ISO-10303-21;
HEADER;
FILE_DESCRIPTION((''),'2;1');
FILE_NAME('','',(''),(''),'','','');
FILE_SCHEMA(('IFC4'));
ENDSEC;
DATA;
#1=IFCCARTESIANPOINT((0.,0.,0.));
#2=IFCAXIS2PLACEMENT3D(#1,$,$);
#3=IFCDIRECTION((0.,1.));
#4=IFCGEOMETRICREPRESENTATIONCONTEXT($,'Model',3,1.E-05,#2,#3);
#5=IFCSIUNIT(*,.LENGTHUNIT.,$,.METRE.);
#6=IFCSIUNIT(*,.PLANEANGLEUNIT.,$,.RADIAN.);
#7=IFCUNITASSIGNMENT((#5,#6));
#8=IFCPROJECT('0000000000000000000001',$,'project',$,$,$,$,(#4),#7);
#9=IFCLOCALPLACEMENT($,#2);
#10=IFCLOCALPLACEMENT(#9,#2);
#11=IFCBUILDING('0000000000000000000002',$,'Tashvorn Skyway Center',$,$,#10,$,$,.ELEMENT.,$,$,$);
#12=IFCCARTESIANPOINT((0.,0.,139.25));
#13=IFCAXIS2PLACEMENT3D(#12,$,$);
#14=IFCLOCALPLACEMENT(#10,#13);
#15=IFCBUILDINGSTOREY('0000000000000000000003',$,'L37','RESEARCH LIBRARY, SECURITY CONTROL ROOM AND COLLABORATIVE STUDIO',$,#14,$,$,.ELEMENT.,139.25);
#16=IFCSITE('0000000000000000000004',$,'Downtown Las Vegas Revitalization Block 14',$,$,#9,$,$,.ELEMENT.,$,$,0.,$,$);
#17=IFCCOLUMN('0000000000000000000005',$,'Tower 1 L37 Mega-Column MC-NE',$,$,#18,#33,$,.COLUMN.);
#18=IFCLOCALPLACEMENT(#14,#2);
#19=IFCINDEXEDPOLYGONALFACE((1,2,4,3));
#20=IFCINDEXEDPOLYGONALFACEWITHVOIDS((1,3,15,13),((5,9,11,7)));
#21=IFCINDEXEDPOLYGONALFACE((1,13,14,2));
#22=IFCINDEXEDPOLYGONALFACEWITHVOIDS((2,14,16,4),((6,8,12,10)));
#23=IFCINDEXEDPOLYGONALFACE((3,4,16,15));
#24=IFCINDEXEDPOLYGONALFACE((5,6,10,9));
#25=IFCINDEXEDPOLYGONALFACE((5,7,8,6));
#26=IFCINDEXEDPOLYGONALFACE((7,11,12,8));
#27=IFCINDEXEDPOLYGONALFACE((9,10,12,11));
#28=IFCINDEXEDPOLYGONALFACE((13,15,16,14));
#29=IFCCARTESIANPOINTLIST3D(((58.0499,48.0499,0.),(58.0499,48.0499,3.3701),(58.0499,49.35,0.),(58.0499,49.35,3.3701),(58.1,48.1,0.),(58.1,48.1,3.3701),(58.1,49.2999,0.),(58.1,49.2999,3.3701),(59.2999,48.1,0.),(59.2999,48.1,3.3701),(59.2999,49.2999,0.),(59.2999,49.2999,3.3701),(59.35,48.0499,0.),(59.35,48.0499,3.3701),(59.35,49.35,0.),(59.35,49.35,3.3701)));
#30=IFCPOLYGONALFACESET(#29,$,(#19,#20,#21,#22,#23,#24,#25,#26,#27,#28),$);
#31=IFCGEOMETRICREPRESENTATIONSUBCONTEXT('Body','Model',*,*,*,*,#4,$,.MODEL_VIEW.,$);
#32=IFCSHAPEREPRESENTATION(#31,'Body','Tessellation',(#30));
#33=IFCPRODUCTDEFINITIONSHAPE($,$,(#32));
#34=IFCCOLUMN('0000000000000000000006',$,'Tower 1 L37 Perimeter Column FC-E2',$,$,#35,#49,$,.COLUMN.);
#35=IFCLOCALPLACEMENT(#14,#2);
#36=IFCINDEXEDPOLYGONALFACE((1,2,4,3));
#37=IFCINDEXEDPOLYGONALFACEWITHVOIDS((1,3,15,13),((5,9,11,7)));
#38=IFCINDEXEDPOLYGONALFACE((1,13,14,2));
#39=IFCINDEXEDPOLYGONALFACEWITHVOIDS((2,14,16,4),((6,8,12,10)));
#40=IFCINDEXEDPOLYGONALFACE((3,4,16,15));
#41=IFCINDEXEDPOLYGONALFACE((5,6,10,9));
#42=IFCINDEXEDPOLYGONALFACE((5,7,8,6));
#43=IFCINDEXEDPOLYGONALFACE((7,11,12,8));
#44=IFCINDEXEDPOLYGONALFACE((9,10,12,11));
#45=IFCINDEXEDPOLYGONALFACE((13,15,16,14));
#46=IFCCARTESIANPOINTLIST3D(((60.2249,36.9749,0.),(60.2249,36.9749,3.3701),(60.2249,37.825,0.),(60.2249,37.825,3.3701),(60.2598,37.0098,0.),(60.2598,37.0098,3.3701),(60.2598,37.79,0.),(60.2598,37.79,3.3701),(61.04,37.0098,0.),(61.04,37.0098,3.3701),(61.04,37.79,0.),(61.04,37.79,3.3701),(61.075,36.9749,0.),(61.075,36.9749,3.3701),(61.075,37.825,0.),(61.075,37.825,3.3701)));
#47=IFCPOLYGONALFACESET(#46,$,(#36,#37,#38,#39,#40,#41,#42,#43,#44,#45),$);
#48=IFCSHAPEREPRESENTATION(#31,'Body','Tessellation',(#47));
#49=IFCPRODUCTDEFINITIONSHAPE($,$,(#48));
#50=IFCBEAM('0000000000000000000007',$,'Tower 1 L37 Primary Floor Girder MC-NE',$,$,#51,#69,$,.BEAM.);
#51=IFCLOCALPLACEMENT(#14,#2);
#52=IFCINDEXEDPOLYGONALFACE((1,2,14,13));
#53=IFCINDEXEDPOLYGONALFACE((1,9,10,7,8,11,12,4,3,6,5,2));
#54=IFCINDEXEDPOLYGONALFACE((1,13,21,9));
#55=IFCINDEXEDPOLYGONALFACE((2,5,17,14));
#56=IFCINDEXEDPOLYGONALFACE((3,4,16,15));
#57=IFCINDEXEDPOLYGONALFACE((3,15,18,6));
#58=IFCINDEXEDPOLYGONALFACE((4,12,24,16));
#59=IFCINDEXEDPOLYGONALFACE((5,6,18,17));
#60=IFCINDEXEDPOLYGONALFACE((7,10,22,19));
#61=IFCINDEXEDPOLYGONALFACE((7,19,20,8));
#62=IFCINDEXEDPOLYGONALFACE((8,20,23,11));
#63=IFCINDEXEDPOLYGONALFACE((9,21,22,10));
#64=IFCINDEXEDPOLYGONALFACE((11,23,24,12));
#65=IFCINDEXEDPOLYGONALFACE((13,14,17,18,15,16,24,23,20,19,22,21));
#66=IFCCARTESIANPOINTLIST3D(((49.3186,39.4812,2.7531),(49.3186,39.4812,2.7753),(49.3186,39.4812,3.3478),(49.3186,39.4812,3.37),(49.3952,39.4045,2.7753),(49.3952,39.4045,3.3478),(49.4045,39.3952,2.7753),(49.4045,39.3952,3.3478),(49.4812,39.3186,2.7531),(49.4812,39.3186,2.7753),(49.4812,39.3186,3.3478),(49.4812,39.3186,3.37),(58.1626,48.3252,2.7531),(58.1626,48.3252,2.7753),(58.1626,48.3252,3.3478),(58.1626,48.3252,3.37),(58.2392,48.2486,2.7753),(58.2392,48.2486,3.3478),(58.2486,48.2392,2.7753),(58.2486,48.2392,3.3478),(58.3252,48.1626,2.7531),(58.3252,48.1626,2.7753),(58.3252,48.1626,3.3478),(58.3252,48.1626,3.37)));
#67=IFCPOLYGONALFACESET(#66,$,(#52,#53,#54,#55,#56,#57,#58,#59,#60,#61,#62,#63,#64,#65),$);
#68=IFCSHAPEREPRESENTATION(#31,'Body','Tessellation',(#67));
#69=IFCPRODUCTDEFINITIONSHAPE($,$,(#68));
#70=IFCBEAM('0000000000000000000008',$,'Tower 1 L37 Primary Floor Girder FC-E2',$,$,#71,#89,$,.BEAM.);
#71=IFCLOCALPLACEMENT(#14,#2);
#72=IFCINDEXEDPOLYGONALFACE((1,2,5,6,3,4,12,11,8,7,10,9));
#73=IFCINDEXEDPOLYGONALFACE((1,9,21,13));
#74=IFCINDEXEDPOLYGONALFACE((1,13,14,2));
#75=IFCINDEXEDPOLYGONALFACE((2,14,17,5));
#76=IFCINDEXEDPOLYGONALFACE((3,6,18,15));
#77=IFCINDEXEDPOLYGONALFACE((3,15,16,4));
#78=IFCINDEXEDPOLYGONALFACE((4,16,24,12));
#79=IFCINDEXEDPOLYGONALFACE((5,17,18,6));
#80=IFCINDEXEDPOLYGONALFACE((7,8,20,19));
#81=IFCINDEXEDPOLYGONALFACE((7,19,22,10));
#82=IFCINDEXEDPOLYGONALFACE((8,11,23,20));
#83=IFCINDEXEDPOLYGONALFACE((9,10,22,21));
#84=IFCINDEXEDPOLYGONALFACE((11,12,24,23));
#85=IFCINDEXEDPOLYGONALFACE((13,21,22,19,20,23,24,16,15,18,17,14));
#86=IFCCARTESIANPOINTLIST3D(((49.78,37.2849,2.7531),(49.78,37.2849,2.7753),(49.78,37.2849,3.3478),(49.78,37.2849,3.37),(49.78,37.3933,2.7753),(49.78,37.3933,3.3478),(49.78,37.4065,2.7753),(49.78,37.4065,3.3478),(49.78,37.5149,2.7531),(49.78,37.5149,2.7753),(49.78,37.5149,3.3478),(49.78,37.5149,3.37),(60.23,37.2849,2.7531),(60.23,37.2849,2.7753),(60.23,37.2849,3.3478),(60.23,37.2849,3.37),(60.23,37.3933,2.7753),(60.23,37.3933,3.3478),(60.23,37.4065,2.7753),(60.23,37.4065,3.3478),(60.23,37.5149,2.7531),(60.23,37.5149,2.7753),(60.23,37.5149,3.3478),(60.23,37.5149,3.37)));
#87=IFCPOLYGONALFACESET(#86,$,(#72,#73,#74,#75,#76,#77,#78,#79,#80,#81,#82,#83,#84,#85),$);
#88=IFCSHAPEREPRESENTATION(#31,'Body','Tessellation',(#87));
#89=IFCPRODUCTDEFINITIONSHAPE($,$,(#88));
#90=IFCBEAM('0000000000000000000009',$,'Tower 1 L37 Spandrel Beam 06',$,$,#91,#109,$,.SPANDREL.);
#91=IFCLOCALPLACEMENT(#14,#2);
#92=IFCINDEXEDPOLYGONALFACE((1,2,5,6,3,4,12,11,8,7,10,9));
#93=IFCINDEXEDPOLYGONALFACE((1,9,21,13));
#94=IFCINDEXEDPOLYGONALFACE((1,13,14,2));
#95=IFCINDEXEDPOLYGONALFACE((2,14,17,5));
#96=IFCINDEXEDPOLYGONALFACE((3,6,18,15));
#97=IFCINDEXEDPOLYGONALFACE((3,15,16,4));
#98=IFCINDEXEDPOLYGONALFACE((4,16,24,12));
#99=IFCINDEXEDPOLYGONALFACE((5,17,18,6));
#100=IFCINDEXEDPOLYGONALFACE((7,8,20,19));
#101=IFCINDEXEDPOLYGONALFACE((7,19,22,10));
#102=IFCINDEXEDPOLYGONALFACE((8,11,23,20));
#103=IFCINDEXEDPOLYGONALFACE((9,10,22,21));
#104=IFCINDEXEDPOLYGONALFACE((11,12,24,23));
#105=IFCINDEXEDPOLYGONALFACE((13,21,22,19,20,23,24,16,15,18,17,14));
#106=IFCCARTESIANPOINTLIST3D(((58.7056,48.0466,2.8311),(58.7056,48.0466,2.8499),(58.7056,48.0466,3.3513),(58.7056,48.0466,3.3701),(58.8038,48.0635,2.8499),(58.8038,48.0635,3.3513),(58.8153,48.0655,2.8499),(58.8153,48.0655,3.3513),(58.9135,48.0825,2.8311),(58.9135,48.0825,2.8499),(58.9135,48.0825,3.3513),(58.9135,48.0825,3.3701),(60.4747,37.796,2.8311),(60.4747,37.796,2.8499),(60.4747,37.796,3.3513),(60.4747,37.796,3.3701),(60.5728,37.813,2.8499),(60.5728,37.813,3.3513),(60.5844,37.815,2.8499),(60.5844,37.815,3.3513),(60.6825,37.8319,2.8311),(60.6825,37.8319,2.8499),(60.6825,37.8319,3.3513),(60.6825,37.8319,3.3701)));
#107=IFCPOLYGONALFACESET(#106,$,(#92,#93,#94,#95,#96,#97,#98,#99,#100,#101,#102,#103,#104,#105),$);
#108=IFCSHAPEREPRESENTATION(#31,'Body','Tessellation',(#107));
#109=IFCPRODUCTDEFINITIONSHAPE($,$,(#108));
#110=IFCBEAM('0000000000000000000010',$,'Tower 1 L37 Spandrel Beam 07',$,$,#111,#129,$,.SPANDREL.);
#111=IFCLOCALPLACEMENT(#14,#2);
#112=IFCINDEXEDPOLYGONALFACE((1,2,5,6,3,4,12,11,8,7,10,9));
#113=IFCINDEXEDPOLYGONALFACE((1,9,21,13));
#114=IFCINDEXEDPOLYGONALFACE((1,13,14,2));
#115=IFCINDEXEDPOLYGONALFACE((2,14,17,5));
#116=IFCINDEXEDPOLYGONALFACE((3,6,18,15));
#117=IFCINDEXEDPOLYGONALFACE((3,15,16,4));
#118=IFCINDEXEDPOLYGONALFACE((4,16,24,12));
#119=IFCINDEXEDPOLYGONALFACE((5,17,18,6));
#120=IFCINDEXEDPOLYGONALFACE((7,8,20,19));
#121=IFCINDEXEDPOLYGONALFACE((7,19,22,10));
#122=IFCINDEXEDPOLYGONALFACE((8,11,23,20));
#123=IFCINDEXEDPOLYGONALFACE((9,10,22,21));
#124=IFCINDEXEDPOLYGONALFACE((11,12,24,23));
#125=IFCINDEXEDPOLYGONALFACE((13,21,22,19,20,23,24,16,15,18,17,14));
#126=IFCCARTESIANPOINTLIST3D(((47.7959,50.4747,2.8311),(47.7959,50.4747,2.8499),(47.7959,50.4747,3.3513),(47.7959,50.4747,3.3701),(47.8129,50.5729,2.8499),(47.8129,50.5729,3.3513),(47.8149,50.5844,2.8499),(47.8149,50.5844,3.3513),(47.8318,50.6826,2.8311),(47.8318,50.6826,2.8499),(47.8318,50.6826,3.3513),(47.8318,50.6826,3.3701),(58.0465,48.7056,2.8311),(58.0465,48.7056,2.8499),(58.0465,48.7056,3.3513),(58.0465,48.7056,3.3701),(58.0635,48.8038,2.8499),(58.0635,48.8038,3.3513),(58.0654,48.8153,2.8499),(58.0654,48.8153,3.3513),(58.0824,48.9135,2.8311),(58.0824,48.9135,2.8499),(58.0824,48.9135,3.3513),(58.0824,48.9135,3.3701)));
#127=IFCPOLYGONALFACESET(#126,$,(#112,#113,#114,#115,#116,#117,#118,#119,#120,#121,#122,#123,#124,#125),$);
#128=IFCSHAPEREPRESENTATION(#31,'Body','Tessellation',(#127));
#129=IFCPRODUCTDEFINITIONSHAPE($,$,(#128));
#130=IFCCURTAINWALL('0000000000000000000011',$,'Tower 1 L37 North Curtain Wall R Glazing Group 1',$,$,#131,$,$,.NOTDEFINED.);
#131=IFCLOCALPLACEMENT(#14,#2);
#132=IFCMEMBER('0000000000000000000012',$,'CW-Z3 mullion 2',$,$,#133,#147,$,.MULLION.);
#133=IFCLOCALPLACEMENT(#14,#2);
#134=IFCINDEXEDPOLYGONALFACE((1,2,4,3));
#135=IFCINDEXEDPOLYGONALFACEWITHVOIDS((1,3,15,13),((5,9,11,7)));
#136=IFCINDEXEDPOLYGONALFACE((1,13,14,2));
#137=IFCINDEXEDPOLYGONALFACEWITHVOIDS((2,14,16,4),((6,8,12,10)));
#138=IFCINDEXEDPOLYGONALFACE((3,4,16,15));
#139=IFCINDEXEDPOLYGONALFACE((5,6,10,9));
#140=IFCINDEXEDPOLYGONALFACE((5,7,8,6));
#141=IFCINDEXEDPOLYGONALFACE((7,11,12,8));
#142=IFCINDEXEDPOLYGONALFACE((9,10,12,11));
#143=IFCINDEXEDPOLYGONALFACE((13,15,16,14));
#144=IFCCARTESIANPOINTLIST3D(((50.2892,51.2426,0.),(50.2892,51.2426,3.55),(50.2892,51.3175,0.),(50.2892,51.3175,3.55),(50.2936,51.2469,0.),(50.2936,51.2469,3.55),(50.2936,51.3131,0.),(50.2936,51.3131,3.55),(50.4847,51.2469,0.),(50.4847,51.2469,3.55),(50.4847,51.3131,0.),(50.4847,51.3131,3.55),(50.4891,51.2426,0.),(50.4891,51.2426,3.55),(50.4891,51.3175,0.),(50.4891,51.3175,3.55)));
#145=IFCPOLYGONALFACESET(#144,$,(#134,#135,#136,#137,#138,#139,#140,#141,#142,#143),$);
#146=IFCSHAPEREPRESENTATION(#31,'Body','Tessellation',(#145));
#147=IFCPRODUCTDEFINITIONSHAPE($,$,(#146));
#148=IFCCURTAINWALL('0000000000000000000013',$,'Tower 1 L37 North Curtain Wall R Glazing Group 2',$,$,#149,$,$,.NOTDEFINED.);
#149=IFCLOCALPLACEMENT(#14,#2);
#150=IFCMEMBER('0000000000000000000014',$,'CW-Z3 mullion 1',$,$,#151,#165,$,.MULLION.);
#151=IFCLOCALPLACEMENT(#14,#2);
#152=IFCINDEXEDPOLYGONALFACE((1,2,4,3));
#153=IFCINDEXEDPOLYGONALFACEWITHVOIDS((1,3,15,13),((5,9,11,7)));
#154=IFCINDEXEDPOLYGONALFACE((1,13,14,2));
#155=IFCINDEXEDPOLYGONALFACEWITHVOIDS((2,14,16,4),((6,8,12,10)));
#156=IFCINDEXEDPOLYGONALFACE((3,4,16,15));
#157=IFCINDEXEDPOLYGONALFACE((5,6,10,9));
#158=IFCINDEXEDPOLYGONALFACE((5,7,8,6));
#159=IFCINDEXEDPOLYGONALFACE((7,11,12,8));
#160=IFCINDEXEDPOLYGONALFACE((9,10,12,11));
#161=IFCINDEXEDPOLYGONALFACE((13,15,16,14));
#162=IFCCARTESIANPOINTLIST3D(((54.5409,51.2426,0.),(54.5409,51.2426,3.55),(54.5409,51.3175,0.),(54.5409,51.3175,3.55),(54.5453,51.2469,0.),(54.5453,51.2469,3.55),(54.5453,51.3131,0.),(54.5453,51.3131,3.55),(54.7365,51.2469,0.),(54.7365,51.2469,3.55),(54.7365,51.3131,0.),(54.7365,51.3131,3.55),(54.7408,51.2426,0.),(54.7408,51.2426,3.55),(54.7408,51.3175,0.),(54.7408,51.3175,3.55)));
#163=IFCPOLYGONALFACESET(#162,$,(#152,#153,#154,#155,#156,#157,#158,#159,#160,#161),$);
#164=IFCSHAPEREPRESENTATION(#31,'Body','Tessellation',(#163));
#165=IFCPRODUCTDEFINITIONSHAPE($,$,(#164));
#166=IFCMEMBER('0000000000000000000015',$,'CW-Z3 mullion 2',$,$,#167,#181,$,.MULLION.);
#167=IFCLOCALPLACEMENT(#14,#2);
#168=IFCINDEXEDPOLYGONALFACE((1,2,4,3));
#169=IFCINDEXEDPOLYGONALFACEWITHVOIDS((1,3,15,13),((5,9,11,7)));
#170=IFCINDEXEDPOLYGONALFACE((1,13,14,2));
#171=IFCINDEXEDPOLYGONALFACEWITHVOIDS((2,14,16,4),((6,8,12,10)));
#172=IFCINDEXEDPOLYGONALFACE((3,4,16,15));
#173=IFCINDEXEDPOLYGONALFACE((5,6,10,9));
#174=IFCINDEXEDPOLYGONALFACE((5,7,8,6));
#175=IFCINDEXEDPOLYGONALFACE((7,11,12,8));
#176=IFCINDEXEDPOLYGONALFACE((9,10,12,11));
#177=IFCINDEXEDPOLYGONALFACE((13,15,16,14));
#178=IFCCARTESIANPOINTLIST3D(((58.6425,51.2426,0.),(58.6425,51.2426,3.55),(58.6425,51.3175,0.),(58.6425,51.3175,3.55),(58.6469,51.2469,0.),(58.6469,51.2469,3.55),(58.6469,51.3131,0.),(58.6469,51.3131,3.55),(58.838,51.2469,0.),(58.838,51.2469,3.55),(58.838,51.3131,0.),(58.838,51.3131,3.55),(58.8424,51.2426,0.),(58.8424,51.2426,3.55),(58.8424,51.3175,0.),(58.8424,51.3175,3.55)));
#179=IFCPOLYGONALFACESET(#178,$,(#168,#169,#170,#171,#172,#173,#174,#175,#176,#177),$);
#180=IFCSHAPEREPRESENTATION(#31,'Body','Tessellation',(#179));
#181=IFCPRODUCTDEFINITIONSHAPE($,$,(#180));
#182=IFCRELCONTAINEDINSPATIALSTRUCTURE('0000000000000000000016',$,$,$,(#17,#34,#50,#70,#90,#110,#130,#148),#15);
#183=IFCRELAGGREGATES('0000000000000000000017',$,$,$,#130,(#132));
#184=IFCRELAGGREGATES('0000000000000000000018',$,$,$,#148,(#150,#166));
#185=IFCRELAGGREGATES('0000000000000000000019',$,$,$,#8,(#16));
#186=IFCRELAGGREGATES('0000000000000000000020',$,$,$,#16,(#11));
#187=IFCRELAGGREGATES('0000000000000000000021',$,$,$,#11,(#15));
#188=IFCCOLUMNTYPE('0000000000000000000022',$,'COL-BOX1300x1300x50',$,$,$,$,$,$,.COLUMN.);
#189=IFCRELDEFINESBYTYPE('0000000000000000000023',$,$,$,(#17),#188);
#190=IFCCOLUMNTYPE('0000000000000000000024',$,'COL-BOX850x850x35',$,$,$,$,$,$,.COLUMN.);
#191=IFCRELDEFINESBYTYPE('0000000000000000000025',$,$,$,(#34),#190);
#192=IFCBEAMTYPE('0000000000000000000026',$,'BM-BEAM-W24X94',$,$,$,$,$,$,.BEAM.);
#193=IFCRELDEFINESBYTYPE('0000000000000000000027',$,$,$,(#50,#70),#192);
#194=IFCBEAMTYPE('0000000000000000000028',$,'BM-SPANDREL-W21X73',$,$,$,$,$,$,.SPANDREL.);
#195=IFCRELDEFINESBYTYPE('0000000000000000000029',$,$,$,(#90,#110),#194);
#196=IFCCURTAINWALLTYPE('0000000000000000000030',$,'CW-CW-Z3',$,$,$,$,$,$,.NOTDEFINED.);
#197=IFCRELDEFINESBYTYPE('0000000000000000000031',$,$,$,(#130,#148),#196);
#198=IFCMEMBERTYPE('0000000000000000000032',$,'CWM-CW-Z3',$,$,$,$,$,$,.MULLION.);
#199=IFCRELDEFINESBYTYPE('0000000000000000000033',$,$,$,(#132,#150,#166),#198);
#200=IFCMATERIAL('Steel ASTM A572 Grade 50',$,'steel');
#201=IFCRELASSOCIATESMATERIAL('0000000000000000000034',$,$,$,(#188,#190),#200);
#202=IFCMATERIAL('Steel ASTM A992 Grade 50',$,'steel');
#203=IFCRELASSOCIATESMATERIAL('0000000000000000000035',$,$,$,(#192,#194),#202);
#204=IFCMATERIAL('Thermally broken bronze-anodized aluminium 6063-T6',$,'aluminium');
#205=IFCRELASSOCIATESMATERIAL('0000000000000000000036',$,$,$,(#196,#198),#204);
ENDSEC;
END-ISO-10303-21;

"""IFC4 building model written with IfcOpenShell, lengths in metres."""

from ifc_helpers import new_model, si_unit, direction, frame, origin, origin_2d, place, context, subcontext, project, spatial, hollow_rectangle, i_section, extrude, material, material_profile, profile_set, type_object, element, aggregate, save


model = new_model("IFC4")

# Units and contexts
model_context = context("Model", 3, precision=1e-05, world=origin(), true_north=direction((0.0, 1.0)))
body_context = subcontext(model_context, "Body", "Model", "MODEL_VIEW")
ifc_project = project(units=[si_unit("LENGTHUNIT", "METRE"), si_unit("PLANEANGLEUNIT", "RADIAN")], contexts=[model_context])

# Site, building, storey
site_placement = place(None, origin())
site = spatial("IfcSite", under=ifc_project, at=site_placement, Name="Downtown Las Vegas Revitalization Block 14", CompositionType="ELEMENT", RefElevation=0.0)
building_placement = place(site_placement, origin())
building = spatial("IfcBuilding", under=site, at=building_placement, Name="Tashvorn Skyway Center", CompositionType="ELEMENT")
storey_placement = place(building_placement, frame((0.0, 0.0, 139.25)))
storey = spatial("IfcBuildingStorey", under=building, at=storey_placement, Name="L37", Description="RESEARCH LIBRARY, SECURITY CONTROL ROOM AND COLLABORATIVE STUDIO", CompositionType="ELEMENT", Elevation=139.25)

# Columns
ifc_material_1 = material(Name="Steel ASTM A572 Grade 50", Category="steel")
ifc_material_profile_1 = material_profile(ifc_material_1, hollow_rectangle(XDim=1.3, YDim=1.3, WallThickness=0.05, at=origin_2d()), Name="BOX1300x1300x50")
ifc_profile_set_1 = profile_set([ifc_material_profile_1], Name="Steel ASTM A572 Grade 50")
column_type_1 = type_object("IfcColumnType", Name="COL-BOX1300x1300x50", PredefinedType="COLUMN", material=ifc_profile_set_1)
column_1_placement = place(storey_placement, frame((58.7, 48.7, 0.0), z_axis=(0.0, 0.0, 1.0), x_axis=(1.0, 0.0, 0.0)))
element("IfcColumn", 1, at=column_1_placement, inside=storey, type_object=column_type_1, Name="Tower 1 L37 Mega-Column MC-NE", PredefinedType="COLUMN", context=body_context, shape_type="SweptSolid", body=[
    extrude(hollow_rectangle(XDim=1.3, YDim=1.3, WallThickness=0.05, at=origin_2d()), origin(), (0.0, 0.0, 1.0), 3.3701),
])
ifc_material_profile_2 = material_profile(ifc_material_1, hollow_rectangle(XDim=0.8501, YDim=0.8501, WallThickness=0.0349, at=origin_2d()), Name="BOX850x850x35")
ifc_profile_set_2 = profile_set([ifc_material_profile_2], Name="Steel ASTM A572 Grade 50")
column_type_2 = type_object("IfcColumnType", Name="COL-BOX850x850x35", PredefinedType="COLUMN", material=ifc_profile_set_2)
column_2_placement = place(storey_placement, frame((60.6499, 37.3999, 0.0), z_axis=(0.0, 0.0, 1.0), x_axis=(1.0, 0.0, 0.0)))
element("IfcColumn", 2, at=column_2_placement, inside=storey, type_object=column_type_2, Name="Tower 1 L37 Perimeter Column FC-E2", PredefinedType="COLUMN", context=body_context, shape_type="SweptSolid", body=[
    extrude(hollow_rectangle(XDim=0.8501, YDim=0.8501, WallThickness=0.0349, at=origin_2d()), origin(), (0.0, 0.0, 1.0), 3.3701),
])

# Beams
ifc_material_2 = material(Name="Steel ASTM A992 Grade 50", Category="steel")
ifc_material_profile_3 = material_profile(ifc_material_2, i_section(OverallWidth=0.23, OverallDepth=0.6169, WebThickness=0.0132, FlangeThickness=0.0222, at=origin_2d()), Name="W24X94")
ifc_profile_set_3 = profile_set([ifc_material_profile_3], Name="Steel ASTM A992 Grade 50")
beam_type_1 = type_object("IfcBeamType", Name="BM-BEAM-W24X94", PredefinedType="BEAM", material=ifc_profile_set_3)
beam_1_placement = place(storey_placement, frame((58.2439, 48.2439, 3.0615), z_axis=(-0.707107, -0.707107, 0.0), x_axis=(0.707107, -0.707107, 0.0)))
element("IfcBeam", 3, at=beam_1_placement, inside=storey, type_object=beam_type_1, Name="Tower 1 L37 Primary Floor Girder MC-NE", PredefinedType="BEAM", context=body_context, shape_type="SweptSolid", body=[
    extrude(i_section(OverallWidth=0.23, OverallDepth=0.6169, WebThickness=0.0132, FlangeThickness=0.0222, at=origin_2d()), origin(), (0.0, 0.0, 1.0), 12.5073),
])
beam_2_placement = place(storey_placement, frame((60.23, 37.3999, 3.0615), z_axis=(-1.0, 0.0, 0.0), x_axis=(0.0, -1.0, 0.0)))
element("IfcBeam", 4, at=beam_2_placement, inside=storey, type_object=beam_type_1, Name="Tower 1 L37 Primary Floor Girder FC-E2", PredefinedType="BEAM", context=body_context, shape_type="SweptSolid", body=[
    extrude(i_section(OverallWidth=0.23, OverallDepth=0.6169, WebThickness=0.0132, FlangeThickness=0.0222, at=origin_2d()), origin(), (0.0, 0.0, 1.0), 10.45),
])
ifc_material_profile_4 = material_profile(ifc_material_2, i_section(OverallWidth=0.2109, OverallDepth=0.5391, WebThickness=0.0117, FlangeThickness=0.0188, at=origin_2d()), Name="W21X73")
ifc_profile_set_4 = profile_set([ifc_material_profile_4], Name="Steel ASTM A992 Grade 50")
beam_type_2 = type_object("IfcBeamType", Name="BM-SPANDREL-W21X73", PredefinedType="SPANDREL", material=ifc_profile_set_4)
for number, where, z_axis, x_axis, name in (
    (5, (60.5786, 37.814, 3.1006), (-0.170067, 0.985432, 0.0), (-0.985432, -0.170067, 0.0), "Tower 1 L37 Spandrel Beam 06"),
    (6, (58.0645, 48.8096, 3.1006), (-0.985432, 0.170067, 0.0), (-0.170067, -0.985432, 0.0), "Tower 1 L37 Spandrel Beam 07"),
):
    element("IfcBeam", number, at=place(storey_placement, frame(where, z_axis=z_axis, x_axis=x_axis)), inside=storey, type_object=beam_type_2, Name=name, PredefinedType="SPANDREL", context=body_context, shape_type="SweptSolid", body=[
        extrude(i_section(OverallWidth=0.2109, OverallDepth=0.5391, WebThickness=0.0117, FlangeThickness=0.0188, at=origin_2d()), origin(), (0.0, 0.0, 1.0), 10.4021),
    ])

# Curtain wall, member
ifc_material_3 = material(Name="Thermally broken bronze-anodized aluminium 6063-T6", Category="aluminium")
curtain_wall_type = type_object("IfcCurtainWallType", Name="CW-CW-Z3", PredefinedType="NOTDEFINED", material=ifc_material_3)
curtain_wall_1_placement = place(storey_placement, origin())
curtain_wall_1 = element("IfcCurtainWall", 7, at=curtain_wall_1_placement, inside=storey, type_object=curtain_wall_type, Name="Tower 1 L37 North Curtain Wall R Glazing Group 1", PredefinedType="NOTDEFINED")
ifc_material_profile_5 = material_profile(ifc_material_3, hollow_rectangle(XDim=0.075, YDim=0.2, WallThickness=0.0044, at=origin_2d()), Name="ALU-MULL-75x200")
ifc_profile_set_5 = profile_set([ifc_material_profile_5], Name="Thermally broken bronze-anodized aluminium 6063-T6")
member_type_1 = type_object("IfcMemberType", Name="CWM-CW-Z3", PredefinedType="MULLION", material=ifc_profile_set_5)
member_1_placement = place(storey_placement, frame((50.3892, 51.28, 0.0), z_axis=(0.0, 0.0, 1.0), x_axis=(0.0, 1.0, 0.0)))
member_1 = element("IfcMember", 8, at=member_1_placement, type_object=member_type_1, Name="CW-Z3 mullion 2", PredefinedType="MULLION", context=body_context, shape_type="SweptSolid", body=[
    extrude(hollow_rectangle(XDim=0.075, YDim=0.2, WallThickness=0.0044, at=origin_2d()), origin(), (0.0, 0.0, 1.0), 3.55),
])
aggregate(curtain_wall_1, [member_1])

# Curtain wall, members
curtain_wall_2_placement = place(storey_placement, origin())
curtain_wall_2 = element("IfcCurtainWall", 9, at=curtain_wall_2_placement, inside=storey, type_object=curtain_wall_type, Name="Tower 1 L37 North Curtain Wall R Glazing Group 2", PredefinedType="NOTDEFINED")
member_2_placement = place(storey_placement, frame((54.6409, 51.28, 0.0), z_axis=(0.0, 0.0, 1.0), x_axis=(0.0, 1.0, 0.0)))
member_2 = element("IfcMember", 10, at=member_2_placement, type_object=member_type_1, Name="CW-Z3 mullion 1", PredefinedType="MULLION", context=body_context, shape_type="SweptSolid", body=[
    extrude(hollow_rectangle(XDim=0.075, YDim=0.2, WallThickness=0.0044, at=origin_2d()), origin(), (0.0, 0.0, 1.0), 3.55),
])
member_3_placement = place(storey_placement, frame((58.7424, 51.28, 0.0), z_axis=(0.0, 0.0, 1.0), x_axis=(0.0, 1.0, 0.0)))
member_3 = element("IfcMember", 11, at=member_3_placement, type_object=member_type_1, Name="CW-Z3 mullion 2", PredefinedType="MULLION", context=body_context, shape_type="SweptSolid", body=[
    extrude(hollow_rectangle(XDim=0.075, YDim=0.2, WallThickness=0.0044, at=origin_2d()), origin(), (0.0, 0.0, 1.0), 3.55),
])

aggregate(curtain_wall_2, [member_2, member_3])

save(model, "model.ifc")
